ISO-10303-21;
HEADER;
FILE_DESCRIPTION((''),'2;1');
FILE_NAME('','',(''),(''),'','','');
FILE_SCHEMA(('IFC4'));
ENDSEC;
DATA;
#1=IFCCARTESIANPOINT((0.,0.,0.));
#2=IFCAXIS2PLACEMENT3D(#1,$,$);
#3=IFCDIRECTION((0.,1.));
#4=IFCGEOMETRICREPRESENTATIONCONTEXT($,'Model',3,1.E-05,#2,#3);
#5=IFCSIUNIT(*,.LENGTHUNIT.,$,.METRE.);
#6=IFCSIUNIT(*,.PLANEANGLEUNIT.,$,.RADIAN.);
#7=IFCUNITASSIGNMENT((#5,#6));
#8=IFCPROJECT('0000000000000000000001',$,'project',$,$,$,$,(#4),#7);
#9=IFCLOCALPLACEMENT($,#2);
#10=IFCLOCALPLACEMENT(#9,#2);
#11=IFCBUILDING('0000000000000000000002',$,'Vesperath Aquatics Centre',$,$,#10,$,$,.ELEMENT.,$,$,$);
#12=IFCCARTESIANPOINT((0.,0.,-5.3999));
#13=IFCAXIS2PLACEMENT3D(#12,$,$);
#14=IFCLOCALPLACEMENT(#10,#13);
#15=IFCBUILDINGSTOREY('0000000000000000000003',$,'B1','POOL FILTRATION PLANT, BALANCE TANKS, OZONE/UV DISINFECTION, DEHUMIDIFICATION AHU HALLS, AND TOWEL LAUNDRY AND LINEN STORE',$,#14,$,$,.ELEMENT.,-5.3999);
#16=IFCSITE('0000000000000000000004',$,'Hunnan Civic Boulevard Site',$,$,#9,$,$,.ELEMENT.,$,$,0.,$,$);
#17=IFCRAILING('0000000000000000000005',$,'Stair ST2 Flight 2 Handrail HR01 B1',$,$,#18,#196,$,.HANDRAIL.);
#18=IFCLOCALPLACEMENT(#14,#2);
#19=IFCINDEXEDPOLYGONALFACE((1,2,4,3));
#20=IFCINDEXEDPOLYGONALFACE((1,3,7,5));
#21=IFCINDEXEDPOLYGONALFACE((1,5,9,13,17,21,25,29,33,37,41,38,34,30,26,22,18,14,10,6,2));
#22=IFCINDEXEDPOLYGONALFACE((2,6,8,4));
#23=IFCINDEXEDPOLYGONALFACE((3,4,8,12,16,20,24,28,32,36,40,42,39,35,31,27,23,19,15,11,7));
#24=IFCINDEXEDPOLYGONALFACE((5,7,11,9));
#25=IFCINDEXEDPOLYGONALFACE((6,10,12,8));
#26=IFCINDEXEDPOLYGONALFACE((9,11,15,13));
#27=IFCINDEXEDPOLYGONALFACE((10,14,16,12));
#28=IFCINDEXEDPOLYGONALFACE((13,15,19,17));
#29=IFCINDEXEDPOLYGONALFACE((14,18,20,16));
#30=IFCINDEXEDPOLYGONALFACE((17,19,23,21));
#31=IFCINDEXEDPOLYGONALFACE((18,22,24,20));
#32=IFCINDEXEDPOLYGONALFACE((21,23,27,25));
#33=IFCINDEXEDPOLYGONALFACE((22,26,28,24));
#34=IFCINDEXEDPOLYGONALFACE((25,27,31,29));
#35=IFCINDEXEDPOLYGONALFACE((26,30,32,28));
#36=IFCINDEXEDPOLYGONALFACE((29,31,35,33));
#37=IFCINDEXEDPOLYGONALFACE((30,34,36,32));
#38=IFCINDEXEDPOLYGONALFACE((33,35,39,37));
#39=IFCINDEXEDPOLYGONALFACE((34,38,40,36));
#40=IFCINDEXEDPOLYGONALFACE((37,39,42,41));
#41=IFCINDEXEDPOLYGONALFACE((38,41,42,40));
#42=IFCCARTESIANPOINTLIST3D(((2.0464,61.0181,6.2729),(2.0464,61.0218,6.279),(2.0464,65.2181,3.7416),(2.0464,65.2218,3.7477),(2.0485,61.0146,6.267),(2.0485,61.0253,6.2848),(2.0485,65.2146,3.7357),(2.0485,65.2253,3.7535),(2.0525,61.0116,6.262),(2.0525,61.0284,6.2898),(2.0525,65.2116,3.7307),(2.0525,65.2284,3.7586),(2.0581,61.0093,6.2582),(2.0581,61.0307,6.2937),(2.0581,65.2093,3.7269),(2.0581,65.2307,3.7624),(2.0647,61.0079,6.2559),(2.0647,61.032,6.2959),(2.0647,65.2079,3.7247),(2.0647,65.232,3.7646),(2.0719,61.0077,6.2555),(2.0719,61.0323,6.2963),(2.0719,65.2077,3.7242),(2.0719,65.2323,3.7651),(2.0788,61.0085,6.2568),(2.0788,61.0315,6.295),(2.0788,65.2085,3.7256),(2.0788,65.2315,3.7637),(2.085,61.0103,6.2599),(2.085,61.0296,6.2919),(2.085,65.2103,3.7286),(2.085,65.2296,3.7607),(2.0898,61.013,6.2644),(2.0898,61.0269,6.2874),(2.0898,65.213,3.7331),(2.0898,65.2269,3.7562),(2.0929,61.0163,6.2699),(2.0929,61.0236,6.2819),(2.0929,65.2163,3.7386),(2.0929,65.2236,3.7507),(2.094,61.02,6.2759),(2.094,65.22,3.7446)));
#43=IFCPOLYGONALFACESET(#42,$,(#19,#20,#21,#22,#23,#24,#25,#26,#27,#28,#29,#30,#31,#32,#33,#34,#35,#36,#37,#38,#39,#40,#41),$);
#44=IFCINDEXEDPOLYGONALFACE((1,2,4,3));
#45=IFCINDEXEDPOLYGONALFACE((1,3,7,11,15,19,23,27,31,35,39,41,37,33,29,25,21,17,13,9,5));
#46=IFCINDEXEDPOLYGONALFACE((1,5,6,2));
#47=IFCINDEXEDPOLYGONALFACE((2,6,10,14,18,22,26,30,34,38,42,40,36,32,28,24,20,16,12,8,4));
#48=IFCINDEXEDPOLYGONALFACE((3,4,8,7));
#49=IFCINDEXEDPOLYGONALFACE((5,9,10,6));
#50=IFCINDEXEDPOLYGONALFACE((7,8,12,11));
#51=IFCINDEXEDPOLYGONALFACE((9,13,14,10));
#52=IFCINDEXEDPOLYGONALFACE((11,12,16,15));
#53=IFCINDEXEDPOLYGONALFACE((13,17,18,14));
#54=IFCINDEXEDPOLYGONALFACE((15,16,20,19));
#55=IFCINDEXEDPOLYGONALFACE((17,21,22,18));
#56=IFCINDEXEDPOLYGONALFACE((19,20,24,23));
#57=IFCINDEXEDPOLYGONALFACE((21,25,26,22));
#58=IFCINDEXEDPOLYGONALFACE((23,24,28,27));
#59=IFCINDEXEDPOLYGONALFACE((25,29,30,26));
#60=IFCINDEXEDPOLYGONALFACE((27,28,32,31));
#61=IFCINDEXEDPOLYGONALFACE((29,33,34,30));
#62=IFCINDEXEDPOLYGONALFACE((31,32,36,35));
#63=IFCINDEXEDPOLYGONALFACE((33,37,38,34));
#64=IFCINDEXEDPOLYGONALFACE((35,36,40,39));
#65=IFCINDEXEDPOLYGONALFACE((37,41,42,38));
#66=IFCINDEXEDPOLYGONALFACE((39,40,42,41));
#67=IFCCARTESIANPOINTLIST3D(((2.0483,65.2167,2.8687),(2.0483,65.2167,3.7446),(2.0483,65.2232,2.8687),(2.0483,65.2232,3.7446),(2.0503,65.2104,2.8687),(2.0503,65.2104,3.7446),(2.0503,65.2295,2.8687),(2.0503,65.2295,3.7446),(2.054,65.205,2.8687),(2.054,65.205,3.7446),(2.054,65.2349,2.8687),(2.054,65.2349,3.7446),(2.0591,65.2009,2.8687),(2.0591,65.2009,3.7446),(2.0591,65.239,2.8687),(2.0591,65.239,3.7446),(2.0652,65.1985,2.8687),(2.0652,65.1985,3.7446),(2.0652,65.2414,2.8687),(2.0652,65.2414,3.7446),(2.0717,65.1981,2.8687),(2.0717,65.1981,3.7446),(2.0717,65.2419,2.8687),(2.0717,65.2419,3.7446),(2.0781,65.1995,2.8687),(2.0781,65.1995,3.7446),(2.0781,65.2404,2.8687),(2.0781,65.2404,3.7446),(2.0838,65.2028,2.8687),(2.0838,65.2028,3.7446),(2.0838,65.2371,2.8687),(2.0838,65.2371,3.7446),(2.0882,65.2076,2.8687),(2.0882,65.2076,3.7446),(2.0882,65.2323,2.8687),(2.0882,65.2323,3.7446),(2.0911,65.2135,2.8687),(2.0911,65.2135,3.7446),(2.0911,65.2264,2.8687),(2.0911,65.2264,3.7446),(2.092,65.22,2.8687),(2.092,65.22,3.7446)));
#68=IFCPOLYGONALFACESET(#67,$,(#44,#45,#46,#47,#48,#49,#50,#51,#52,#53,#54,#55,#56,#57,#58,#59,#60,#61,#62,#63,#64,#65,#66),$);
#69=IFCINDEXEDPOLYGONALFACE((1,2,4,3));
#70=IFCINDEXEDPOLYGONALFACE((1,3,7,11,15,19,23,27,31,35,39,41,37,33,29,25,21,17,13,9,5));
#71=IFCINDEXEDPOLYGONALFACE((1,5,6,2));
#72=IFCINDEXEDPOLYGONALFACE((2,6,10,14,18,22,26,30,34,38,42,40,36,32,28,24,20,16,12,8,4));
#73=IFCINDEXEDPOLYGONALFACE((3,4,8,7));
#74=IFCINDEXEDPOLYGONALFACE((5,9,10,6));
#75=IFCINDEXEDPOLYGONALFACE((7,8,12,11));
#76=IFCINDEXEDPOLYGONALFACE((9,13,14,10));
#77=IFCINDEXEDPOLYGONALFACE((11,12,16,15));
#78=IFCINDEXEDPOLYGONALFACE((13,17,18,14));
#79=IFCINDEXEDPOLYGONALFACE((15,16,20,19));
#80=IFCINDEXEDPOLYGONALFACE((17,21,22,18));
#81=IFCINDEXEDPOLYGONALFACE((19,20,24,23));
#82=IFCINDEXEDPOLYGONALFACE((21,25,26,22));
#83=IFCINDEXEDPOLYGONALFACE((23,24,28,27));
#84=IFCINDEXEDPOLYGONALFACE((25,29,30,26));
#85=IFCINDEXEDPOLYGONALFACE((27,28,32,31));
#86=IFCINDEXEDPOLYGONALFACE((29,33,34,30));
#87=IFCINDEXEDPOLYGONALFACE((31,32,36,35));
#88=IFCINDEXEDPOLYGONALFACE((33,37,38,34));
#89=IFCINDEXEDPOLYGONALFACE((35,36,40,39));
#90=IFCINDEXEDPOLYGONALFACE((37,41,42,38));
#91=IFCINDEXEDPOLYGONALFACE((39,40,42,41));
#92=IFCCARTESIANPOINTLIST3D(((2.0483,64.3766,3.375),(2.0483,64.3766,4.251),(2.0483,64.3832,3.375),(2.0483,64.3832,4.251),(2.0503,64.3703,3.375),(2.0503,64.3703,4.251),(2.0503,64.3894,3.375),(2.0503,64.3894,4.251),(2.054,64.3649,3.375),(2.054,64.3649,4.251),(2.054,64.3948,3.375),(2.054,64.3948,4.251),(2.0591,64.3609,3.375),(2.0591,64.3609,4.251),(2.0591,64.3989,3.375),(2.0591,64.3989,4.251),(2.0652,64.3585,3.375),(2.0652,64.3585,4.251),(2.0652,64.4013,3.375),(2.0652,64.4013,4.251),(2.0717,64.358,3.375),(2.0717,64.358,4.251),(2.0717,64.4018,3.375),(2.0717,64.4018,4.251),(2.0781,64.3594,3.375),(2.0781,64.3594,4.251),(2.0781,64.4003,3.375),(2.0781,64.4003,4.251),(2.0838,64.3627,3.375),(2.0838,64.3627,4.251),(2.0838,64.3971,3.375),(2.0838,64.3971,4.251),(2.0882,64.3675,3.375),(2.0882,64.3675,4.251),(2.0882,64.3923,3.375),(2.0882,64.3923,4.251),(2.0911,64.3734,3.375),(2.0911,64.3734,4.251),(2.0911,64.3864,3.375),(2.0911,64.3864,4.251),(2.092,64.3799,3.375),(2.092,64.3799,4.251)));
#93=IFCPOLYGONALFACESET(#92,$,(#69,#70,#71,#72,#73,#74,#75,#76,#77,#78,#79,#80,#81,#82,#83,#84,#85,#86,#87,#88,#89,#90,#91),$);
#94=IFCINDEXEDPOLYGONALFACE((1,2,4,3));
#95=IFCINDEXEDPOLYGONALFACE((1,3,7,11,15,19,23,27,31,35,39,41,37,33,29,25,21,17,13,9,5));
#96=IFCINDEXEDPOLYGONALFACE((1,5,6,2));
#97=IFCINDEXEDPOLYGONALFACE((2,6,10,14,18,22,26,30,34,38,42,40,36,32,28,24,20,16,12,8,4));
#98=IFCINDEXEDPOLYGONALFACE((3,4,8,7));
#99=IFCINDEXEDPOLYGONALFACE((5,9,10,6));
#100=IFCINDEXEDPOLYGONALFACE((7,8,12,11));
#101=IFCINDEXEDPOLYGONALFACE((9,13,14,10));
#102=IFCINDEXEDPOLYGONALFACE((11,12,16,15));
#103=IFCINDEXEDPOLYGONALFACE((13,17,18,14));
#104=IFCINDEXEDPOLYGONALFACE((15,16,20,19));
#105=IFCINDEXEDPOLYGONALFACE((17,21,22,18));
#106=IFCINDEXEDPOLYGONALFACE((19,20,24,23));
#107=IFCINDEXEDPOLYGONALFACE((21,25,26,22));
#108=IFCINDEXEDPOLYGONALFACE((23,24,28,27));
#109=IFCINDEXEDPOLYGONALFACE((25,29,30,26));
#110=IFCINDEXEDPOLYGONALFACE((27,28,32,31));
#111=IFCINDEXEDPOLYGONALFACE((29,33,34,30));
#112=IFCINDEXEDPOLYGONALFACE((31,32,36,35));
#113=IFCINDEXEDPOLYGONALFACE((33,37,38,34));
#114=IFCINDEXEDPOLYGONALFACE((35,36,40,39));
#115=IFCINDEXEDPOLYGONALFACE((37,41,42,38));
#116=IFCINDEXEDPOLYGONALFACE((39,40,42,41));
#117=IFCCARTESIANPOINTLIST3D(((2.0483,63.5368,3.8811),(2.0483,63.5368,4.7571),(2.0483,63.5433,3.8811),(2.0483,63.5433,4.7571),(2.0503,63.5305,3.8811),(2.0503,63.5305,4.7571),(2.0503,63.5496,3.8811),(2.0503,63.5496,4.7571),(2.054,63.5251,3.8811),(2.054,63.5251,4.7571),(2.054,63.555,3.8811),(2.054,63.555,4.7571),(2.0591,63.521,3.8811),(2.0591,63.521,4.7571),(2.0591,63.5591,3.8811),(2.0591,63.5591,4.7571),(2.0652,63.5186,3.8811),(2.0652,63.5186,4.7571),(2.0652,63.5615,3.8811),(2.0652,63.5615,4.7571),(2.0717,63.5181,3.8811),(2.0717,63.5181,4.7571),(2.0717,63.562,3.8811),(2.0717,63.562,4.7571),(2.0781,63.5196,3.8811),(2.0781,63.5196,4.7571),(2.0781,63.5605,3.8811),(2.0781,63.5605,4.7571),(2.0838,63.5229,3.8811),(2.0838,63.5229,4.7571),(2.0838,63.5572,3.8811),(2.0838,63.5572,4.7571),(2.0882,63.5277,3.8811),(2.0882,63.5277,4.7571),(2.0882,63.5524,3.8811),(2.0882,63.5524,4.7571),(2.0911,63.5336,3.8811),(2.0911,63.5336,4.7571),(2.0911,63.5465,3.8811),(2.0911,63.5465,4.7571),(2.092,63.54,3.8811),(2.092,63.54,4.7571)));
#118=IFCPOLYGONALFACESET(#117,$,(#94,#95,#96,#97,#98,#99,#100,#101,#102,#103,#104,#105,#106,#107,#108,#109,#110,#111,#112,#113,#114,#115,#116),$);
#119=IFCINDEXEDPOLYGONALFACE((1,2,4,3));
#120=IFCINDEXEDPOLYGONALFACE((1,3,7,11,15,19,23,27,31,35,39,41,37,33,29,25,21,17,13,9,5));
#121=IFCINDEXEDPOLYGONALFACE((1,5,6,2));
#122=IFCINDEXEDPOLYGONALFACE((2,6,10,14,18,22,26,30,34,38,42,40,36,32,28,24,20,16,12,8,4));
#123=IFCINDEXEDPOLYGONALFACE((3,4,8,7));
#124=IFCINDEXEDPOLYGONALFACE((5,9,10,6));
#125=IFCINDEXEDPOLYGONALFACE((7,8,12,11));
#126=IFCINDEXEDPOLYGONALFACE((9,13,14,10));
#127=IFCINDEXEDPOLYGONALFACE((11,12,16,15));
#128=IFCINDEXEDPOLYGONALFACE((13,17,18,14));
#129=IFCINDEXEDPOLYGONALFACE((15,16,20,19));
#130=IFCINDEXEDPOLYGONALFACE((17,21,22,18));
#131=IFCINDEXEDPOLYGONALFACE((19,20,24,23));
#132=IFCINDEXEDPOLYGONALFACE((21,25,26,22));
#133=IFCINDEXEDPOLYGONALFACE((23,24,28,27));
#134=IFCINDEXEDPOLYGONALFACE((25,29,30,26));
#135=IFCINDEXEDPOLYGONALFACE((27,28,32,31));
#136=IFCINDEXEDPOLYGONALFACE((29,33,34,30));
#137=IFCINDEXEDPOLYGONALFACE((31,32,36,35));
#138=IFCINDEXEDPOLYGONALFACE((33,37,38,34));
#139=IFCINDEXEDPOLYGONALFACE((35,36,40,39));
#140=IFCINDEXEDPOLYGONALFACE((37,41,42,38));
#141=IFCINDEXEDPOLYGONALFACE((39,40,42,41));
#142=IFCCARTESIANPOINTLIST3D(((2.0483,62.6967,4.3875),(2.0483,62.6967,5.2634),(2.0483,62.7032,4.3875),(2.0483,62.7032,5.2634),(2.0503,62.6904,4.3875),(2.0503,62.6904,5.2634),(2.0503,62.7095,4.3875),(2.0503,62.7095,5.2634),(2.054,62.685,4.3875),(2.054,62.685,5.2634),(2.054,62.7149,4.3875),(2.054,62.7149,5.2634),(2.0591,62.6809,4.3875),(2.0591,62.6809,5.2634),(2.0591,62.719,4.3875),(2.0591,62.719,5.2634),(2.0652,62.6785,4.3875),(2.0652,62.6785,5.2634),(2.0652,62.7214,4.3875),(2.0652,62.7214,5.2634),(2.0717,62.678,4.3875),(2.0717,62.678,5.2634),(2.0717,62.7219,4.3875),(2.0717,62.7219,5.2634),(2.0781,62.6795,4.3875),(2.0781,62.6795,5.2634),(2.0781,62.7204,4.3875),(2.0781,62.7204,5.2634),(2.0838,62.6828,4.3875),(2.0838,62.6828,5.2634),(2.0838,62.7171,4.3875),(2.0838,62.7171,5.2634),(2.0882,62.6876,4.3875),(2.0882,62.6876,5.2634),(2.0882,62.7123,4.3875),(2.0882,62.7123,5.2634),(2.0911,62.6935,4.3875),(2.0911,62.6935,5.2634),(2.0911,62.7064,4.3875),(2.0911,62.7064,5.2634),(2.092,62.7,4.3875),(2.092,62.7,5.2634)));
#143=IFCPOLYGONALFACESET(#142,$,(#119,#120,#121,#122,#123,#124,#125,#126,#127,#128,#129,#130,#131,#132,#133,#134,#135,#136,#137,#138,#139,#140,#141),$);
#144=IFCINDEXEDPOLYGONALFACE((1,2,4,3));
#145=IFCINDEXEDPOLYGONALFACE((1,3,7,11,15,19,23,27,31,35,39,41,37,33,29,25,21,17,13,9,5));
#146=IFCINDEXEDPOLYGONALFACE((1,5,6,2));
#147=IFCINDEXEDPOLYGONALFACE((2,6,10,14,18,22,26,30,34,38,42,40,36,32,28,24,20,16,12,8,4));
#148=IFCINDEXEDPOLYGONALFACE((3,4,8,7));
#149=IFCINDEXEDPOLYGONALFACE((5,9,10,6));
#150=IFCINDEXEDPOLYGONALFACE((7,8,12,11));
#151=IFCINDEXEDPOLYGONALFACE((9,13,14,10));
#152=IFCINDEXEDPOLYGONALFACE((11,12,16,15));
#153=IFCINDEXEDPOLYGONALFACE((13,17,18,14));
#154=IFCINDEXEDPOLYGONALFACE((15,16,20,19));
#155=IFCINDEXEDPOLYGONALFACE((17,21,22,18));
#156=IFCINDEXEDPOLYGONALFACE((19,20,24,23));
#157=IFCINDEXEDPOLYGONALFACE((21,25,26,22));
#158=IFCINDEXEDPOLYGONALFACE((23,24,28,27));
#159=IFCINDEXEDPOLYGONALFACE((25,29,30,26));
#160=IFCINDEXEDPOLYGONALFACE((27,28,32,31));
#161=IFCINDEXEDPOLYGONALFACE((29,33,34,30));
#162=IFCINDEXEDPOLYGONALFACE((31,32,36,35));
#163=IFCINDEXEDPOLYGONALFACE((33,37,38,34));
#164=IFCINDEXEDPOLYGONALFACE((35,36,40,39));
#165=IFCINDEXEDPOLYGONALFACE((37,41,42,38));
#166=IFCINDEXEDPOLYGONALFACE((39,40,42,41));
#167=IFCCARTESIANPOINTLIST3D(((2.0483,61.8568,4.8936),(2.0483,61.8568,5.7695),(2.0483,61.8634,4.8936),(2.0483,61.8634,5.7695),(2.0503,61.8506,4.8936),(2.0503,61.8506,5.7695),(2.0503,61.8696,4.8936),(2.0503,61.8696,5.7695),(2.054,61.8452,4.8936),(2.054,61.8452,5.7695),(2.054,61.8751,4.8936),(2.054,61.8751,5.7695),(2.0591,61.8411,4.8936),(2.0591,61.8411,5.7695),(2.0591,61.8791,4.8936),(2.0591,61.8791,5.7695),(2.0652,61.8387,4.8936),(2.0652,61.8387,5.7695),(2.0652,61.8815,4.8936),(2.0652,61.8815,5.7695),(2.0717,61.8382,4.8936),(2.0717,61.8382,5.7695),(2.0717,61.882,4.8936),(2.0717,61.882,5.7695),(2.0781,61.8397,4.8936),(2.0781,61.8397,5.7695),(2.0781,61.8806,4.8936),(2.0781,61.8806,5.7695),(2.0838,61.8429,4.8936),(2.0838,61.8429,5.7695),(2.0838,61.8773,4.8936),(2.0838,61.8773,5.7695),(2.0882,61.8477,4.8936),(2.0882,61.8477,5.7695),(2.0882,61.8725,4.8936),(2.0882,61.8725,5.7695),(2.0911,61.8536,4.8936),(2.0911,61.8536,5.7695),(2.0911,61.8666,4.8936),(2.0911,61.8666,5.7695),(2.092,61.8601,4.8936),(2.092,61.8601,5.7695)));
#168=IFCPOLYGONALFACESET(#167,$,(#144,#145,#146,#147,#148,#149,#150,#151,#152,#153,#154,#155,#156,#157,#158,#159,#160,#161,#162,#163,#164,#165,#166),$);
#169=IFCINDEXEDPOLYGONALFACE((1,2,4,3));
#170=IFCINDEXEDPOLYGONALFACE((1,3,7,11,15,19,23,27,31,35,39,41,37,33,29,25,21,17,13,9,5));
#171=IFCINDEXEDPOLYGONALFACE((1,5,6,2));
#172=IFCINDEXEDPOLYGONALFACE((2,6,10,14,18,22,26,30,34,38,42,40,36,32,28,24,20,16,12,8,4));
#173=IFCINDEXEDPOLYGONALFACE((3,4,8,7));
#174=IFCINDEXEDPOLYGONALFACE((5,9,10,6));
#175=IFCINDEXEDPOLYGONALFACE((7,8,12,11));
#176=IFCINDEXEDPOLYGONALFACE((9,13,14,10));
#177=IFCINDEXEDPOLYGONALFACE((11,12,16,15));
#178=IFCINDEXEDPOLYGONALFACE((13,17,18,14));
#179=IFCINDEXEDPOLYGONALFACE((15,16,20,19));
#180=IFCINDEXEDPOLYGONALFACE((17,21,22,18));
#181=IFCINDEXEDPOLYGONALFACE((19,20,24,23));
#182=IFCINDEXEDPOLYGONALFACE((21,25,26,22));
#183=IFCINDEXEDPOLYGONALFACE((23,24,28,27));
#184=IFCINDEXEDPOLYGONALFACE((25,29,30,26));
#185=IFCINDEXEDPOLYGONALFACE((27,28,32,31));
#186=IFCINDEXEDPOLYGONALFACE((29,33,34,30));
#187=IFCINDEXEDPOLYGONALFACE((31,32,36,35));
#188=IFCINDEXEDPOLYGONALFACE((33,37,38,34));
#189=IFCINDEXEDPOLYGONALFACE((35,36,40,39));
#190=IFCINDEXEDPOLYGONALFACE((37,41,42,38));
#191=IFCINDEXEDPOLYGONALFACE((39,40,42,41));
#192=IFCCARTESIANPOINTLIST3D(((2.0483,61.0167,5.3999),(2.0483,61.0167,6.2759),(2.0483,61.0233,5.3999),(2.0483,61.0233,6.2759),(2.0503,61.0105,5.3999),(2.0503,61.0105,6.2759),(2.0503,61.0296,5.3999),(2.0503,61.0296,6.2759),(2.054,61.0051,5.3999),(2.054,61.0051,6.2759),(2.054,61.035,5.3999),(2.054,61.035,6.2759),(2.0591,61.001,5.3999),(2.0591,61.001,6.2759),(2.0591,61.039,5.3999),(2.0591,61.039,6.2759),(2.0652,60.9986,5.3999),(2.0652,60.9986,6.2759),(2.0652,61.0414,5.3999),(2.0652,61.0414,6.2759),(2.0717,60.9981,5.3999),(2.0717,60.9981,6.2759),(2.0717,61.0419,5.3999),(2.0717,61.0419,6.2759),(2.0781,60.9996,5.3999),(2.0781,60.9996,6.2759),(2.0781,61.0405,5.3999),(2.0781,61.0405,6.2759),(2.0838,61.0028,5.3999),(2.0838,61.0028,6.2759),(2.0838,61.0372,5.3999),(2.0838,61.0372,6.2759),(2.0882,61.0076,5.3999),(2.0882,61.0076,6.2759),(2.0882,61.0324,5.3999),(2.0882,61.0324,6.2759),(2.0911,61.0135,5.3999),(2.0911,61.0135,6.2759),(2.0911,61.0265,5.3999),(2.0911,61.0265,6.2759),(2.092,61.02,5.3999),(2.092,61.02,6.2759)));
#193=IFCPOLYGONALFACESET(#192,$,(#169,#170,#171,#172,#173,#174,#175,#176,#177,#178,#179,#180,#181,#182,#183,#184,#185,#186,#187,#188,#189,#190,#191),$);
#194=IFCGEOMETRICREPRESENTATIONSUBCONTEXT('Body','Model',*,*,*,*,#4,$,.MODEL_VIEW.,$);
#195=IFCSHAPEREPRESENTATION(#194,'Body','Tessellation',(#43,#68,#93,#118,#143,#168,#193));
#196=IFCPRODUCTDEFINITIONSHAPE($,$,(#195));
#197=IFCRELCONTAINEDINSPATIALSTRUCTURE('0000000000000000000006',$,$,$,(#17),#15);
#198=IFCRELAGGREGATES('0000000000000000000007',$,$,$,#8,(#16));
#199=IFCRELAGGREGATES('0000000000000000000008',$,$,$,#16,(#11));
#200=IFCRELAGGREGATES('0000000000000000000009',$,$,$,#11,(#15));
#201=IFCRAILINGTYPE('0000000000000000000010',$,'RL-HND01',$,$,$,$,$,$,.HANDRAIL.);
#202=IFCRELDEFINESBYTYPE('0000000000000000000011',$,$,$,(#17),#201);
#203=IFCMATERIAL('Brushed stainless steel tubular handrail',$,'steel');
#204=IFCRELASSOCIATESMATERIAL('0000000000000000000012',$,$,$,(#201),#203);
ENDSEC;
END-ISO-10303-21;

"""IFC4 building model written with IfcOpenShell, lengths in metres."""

from ifc_helpers import new_model, si_unit, direction, frame, origin, origin_2d, place, context, subcontext, project, spatial, circle, extrude, material, type_object, element, save


model = new_model("IFC4")

# Units and contexts
model_context = context("Model", 3, precision=1e-05, world=origin(), true_north=direction((0.0, 1.0)))
body_context = subcontext(model_context, "Body", "Model", "MODEL_VIEW")
ifc_project = project(units=[si_unit("LENGTHUNIT", "METRE"), si_unit("PLANEANGLEUNIT", "RADIAN")], contexts=[model_context])

# Site, building, storey
site_placement = place(None, origin())
site = spatial("IfcSite", under=ifc_project, at=site_placement, Name="Hunnan Civic Boulevard Site", CompositionType="ELEMENT", RefElevation=0.0)
building_placement = place(site_placement, origin())
building = spatial("IfcBuilding", under=site, at=building_placement, Name="Vesperath Aquatics Centre", CompositionType="ELEMENT")
storey_placement = place(building_placement, frame((0.0, 0.0, -5.3999)))
storey = spatial("IfcBuildingStorey", under=building, at=storey_placement, Name="B1", Description="POOL FILTRATION PLANT, BALANCE TANKS, OZONE/UV DISINFECTION, DEHUMIDIFICATION AHU HALLS, AND TOWEL LAUNDRY AND LINEN STORE", CompositionType="ELEMENT", Elevation=-5.3999)

# Railing
ifc_material_1 = material(Name="Brushed stainless steel tubular handrail", Category="steel")
railing_type_1 = type_object("IfcRailingType", Name="RL-HND01", PredefinedType="HANDRAIL", material=ifc_material_1)
railing_1_placement = place(storey_placement, frame((2.0701, 65.22, 2.8687)))
element("IfcRailing", 1, at=railing_1_placement, inside=storey, type_object=railing_type_1, Name="Stair ST2 Flight 2 Handrail HR01 B1", PredefinedType="HANDRAIL", context=body_context, shape_type="SweptSolid", body=[
    extrude(circle(Radius=0.0239, at=origin_2d()), frame((0.0, 0.0, 0.876), z_axis=(0.0, -0.856476, 0.516186), x_axis=(1.0, 0.0, 0.0)), (0.0, 0.0, 1.0), 4.9038),
    extrude(circle(Radius=0.022, at=origin_2d()), origin(), (0.0, 0.0, 1.0), 0.876),
    extrude(circle(Radius=0.022, at=origin_2d()), frame((0.0, -0.8401, 0.5063)), (0.0, 0.0, 1.0), 0.876),
    extrude(circle(Radius=0.022, at=origin_2d()), frame((0.0, -1.6799, 1.0125)), (0.0, 0.0, 1.0), 0.876),
    extrude(circle(Radius=0.022, at=origin_2d()), frame((0.0, -2.52, 1.5188)), (0.0, 0.0, 1.0), 0.876),
    extrude(circle(Radius=0.022, at=origin_2d()), frame((0.0, -3.3599, 2.0249)), (0.0, 0.0, 1.0), 0.876),
    extrude(circle(Radius=0.022, at=origin_2d()), frame((0.0, -4.2, 2.5312)), (0.0, 0.0, 1.0), 0.876),
])

save(model, "model.ifc")
